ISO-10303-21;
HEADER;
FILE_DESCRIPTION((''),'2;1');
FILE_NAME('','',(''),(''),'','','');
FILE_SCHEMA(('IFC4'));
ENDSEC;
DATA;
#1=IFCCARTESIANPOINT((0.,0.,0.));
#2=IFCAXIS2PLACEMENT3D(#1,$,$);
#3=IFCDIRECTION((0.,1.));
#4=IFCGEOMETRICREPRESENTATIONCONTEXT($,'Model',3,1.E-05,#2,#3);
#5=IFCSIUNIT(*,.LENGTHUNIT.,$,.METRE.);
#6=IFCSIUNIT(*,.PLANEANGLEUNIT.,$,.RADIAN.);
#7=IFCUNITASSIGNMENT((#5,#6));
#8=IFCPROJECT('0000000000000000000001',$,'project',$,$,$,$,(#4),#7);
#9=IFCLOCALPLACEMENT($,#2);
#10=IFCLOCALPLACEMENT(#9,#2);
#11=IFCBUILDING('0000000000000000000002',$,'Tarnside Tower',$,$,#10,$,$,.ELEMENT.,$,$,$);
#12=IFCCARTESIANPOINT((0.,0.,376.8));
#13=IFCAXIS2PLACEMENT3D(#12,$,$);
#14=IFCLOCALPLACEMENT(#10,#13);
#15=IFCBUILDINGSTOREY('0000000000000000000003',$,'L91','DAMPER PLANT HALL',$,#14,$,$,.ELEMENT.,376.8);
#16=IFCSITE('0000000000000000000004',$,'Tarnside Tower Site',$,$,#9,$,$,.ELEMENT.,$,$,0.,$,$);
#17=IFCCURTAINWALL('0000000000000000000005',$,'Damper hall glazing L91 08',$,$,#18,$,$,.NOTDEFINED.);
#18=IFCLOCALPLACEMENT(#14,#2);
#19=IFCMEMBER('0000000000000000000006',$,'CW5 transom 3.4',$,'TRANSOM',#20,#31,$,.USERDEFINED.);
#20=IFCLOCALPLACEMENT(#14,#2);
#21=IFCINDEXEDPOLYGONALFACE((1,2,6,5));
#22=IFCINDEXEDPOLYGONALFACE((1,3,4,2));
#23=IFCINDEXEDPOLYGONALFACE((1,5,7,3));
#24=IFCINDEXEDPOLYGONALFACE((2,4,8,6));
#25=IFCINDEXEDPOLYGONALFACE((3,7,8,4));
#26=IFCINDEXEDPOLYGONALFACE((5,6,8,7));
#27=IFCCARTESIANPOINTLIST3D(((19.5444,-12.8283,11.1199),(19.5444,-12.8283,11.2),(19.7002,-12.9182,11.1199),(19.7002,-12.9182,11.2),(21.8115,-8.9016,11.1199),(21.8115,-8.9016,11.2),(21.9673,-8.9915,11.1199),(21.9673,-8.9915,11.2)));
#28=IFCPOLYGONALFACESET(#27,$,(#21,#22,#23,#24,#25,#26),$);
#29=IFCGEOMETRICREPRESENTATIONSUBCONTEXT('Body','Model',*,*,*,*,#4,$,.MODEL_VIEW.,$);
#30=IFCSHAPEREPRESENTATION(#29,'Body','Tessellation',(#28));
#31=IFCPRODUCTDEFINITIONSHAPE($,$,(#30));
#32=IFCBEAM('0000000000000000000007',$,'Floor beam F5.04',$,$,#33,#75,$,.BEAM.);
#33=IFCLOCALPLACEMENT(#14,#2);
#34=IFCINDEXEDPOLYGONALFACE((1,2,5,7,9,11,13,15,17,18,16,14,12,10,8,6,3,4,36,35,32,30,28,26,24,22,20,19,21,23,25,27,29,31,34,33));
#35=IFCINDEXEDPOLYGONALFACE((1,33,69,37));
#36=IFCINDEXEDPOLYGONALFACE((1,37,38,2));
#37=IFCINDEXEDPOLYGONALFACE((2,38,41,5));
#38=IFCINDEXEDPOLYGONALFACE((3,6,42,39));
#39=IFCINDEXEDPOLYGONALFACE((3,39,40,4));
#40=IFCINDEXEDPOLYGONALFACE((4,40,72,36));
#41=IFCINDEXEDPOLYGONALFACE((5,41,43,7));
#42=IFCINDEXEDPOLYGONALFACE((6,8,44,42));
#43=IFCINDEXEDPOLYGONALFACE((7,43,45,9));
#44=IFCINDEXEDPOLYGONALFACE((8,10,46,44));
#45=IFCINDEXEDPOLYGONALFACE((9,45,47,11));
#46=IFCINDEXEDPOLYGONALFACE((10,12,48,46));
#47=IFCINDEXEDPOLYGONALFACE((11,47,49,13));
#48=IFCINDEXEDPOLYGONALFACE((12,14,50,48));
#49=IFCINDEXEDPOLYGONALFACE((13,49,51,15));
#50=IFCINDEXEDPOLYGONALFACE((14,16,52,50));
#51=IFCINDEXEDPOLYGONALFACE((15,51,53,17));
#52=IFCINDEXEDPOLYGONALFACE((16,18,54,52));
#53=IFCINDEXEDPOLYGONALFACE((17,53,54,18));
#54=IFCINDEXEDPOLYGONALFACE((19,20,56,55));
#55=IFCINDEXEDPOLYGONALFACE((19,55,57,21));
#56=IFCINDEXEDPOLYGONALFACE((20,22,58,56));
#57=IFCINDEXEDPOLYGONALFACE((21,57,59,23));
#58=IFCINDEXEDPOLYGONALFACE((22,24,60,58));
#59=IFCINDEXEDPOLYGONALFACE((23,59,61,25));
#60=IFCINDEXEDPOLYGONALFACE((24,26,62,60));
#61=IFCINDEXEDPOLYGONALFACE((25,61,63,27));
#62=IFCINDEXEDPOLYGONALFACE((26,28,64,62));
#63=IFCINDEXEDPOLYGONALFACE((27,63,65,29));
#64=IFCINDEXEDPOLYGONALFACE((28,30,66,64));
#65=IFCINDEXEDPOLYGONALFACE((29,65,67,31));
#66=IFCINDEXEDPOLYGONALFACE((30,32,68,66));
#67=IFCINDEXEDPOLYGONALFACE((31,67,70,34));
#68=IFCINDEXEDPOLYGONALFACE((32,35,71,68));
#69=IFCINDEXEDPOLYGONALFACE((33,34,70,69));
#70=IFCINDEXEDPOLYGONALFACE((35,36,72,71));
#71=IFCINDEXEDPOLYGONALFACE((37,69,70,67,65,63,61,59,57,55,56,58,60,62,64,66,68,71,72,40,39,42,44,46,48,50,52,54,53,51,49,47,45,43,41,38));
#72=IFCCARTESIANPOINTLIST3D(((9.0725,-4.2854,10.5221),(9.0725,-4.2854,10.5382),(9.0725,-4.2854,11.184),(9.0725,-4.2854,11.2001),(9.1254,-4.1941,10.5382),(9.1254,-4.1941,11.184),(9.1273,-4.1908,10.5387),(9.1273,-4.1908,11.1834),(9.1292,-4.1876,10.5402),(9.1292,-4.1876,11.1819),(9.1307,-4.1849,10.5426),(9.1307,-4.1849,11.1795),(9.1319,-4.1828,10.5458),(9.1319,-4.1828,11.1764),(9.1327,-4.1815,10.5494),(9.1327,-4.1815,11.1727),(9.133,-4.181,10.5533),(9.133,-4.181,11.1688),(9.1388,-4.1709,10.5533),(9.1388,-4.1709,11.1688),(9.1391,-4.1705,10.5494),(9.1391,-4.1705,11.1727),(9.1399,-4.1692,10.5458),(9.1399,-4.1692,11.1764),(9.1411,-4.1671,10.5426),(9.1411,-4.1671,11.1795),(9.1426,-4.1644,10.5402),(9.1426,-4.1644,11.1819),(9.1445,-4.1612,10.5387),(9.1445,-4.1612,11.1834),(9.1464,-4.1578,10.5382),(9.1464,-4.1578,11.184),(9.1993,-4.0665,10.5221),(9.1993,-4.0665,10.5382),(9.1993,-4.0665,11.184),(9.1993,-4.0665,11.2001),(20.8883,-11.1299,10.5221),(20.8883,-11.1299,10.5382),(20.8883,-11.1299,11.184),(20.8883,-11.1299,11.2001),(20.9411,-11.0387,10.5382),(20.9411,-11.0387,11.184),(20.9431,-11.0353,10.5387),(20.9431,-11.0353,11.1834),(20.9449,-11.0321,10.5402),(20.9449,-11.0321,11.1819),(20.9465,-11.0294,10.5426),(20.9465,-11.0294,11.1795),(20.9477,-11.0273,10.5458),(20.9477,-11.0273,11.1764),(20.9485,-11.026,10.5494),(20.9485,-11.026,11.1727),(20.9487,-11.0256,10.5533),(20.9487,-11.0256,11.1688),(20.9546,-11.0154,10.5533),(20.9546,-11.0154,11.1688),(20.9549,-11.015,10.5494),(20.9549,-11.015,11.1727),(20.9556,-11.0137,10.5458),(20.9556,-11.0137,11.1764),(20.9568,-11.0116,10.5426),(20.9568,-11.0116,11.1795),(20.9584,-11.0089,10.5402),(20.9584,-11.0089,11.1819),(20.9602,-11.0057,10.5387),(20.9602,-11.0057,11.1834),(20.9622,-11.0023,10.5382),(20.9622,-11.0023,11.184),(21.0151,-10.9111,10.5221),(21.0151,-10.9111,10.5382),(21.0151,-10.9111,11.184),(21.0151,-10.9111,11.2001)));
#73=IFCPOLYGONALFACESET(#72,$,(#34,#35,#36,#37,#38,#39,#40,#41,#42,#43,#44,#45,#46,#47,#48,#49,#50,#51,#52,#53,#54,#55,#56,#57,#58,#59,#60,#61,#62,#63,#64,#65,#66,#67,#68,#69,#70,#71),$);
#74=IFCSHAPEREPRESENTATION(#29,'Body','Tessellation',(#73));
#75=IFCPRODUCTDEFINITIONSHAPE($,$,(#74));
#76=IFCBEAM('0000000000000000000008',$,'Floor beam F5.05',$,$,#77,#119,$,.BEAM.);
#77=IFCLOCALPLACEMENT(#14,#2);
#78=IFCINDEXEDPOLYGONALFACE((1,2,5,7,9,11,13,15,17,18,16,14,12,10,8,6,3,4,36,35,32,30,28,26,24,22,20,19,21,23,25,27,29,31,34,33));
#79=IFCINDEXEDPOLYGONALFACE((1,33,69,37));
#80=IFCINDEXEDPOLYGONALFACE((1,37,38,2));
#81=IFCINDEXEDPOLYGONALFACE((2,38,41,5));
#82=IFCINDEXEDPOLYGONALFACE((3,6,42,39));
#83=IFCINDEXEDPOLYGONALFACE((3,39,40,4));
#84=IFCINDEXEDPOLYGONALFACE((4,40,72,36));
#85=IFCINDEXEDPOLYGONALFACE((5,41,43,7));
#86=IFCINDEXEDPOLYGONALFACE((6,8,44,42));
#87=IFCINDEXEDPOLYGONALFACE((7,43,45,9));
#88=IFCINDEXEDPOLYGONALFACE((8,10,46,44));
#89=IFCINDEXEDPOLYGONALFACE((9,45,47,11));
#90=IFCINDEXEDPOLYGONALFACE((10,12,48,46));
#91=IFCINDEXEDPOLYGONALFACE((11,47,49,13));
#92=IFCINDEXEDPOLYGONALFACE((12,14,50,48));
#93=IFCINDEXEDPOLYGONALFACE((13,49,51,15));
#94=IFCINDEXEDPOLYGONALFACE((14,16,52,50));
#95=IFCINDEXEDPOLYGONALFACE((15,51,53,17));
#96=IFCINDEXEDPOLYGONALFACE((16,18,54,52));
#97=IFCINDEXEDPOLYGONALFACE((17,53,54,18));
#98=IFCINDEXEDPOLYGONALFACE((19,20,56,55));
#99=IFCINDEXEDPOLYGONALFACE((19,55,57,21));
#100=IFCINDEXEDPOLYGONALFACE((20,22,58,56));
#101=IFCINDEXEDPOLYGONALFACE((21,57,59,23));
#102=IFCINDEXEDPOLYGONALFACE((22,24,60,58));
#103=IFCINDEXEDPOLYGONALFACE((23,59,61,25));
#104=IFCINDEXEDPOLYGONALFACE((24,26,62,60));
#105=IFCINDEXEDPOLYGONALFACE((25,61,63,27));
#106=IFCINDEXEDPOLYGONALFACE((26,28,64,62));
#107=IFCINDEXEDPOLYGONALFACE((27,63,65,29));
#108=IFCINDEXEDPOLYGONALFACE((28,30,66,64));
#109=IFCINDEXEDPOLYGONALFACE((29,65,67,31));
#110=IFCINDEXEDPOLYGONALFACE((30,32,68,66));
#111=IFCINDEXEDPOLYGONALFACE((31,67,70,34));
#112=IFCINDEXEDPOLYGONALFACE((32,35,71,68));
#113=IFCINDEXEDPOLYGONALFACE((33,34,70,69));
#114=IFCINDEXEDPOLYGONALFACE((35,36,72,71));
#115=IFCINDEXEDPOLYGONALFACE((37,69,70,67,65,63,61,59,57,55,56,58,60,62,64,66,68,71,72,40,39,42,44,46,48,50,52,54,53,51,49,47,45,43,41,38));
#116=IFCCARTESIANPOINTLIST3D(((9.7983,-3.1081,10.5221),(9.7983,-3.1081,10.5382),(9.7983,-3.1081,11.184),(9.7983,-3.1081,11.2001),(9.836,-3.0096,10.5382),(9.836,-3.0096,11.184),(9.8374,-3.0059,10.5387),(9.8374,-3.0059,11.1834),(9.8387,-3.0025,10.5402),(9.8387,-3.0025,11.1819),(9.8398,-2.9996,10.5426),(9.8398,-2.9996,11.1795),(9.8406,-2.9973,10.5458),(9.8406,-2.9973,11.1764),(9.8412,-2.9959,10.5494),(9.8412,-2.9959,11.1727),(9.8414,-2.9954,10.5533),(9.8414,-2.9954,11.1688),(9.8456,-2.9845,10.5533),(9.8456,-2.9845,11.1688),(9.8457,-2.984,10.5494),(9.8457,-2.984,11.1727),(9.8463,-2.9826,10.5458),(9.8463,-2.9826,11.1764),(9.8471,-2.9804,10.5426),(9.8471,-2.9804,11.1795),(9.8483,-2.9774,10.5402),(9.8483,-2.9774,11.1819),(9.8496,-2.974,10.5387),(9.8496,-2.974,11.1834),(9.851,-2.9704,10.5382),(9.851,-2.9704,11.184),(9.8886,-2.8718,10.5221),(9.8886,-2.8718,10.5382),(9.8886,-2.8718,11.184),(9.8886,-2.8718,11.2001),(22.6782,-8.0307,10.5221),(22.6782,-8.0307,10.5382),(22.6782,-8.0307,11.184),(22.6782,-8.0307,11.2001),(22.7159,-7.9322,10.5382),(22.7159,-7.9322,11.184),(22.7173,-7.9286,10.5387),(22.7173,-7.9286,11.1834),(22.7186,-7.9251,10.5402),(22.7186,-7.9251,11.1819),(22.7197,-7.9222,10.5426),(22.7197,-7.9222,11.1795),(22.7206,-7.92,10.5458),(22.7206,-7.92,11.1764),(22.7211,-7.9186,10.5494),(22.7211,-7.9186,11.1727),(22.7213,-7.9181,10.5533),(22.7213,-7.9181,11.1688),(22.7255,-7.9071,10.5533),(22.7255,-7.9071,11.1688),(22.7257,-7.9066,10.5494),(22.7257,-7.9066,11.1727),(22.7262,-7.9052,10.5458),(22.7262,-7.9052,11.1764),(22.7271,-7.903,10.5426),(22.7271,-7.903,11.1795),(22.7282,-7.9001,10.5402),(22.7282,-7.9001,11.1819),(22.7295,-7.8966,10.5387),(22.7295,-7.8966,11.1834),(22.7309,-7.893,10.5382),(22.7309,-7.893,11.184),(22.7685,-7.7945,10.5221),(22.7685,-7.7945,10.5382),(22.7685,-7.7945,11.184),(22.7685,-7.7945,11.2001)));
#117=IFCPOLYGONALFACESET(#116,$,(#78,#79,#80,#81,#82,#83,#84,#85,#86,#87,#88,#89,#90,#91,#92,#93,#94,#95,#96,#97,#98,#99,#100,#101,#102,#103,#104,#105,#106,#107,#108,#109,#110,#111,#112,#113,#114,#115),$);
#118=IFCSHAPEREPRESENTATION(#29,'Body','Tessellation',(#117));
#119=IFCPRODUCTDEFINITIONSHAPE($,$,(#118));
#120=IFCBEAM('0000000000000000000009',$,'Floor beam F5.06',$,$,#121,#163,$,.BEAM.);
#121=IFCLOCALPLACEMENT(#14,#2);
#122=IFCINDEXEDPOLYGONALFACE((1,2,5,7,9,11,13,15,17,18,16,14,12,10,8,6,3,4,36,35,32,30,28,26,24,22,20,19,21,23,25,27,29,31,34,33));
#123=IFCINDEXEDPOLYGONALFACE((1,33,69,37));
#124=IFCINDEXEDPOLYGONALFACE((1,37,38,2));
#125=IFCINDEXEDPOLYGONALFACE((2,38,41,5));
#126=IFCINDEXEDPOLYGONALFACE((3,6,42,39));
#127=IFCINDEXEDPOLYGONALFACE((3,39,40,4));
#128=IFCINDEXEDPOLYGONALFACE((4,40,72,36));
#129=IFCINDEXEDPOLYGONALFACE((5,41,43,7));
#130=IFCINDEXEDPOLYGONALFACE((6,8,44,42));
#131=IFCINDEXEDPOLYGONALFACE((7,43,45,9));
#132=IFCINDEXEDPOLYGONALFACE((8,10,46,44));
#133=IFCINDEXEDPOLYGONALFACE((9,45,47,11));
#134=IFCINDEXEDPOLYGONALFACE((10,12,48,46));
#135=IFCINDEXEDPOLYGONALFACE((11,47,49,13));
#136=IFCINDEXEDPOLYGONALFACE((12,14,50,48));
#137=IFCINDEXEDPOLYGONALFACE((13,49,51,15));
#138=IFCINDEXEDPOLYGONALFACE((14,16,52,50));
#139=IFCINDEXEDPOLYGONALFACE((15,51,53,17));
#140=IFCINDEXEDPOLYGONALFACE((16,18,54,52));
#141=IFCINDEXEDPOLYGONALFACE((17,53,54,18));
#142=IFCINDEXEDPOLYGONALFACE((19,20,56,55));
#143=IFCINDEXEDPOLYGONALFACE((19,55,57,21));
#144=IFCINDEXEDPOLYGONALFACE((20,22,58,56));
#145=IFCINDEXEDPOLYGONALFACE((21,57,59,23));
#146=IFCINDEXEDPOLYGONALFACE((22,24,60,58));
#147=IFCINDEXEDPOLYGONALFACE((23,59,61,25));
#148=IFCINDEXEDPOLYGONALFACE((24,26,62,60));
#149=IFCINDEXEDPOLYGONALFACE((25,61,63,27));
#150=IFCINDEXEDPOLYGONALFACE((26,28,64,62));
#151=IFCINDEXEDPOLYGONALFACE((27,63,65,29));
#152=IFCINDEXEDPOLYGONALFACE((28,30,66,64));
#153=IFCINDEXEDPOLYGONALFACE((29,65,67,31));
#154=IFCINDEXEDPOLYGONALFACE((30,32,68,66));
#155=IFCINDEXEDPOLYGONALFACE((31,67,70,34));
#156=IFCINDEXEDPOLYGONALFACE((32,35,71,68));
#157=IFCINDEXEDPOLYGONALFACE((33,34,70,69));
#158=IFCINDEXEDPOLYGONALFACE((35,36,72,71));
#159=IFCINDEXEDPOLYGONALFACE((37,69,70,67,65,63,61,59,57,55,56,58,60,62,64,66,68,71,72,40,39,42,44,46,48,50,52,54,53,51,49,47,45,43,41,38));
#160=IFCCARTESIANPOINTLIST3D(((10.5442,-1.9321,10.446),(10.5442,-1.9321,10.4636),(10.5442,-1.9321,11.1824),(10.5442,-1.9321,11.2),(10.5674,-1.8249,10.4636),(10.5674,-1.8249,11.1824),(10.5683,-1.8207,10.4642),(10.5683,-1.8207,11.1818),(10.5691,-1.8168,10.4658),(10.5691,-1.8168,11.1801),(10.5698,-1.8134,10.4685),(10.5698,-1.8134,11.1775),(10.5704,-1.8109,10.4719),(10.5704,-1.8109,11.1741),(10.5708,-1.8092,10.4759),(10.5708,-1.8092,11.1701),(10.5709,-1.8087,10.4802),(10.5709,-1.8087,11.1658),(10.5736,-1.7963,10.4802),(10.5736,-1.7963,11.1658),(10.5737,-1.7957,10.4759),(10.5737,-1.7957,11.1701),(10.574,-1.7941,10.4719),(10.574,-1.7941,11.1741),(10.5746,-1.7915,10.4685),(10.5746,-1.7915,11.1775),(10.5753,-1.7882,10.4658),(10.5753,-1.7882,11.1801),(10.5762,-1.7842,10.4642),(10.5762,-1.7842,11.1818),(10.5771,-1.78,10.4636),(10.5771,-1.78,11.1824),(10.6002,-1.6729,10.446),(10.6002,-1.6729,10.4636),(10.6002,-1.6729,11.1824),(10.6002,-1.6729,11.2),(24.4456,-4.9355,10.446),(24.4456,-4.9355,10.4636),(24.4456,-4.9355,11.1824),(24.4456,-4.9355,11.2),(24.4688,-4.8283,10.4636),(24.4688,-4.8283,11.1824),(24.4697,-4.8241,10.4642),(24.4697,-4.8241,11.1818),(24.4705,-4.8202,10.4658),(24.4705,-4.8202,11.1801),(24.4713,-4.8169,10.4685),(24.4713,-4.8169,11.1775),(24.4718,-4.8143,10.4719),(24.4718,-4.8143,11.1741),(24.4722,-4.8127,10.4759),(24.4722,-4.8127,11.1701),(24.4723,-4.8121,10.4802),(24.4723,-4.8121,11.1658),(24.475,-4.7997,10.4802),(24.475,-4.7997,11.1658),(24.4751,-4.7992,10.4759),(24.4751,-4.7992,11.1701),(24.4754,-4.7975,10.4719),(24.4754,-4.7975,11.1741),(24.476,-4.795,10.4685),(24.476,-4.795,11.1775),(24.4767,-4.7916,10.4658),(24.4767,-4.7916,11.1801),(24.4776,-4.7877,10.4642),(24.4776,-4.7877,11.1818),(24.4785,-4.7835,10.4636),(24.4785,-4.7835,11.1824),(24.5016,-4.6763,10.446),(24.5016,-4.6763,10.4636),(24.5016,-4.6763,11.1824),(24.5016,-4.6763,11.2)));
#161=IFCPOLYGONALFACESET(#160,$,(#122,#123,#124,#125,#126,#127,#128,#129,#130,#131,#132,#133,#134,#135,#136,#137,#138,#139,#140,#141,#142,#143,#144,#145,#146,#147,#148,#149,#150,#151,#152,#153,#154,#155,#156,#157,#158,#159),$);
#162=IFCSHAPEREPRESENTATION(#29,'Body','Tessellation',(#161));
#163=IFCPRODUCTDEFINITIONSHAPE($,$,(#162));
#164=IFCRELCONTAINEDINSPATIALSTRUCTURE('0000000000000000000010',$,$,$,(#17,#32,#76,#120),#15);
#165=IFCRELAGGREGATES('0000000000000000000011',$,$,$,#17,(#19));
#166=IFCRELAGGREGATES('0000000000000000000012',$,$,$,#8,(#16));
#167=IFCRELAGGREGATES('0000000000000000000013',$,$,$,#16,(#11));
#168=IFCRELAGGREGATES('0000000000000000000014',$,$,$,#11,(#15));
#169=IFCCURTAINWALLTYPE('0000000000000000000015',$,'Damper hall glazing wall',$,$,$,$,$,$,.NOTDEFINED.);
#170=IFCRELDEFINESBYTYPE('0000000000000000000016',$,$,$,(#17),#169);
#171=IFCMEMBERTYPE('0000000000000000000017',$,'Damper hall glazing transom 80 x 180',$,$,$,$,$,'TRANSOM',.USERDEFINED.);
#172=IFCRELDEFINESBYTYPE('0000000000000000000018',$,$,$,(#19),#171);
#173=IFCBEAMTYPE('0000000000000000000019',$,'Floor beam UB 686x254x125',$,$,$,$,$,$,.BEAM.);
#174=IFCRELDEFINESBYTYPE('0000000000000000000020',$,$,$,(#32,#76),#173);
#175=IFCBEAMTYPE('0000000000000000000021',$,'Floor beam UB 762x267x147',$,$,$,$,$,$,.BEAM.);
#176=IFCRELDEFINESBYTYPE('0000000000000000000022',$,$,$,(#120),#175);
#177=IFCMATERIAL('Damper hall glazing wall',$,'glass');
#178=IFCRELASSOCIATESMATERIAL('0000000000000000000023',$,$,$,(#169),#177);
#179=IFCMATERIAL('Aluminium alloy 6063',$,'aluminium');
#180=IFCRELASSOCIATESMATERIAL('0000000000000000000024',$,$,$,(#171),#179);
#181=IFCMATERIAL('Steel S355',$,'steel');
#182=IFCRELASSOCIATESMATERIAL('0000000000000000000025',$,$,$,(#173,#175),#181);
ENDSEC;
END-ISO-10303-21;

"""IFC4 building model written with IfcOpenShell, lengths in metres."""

from ifc_helpers import new_model, si_unit, direction, frame, origin, origin_2d, place, context, subcontext, project, spatial, rectangle, i_section, extrude, material, material_profile, profile_set, type_object, element, aggregate, save


model = new_model("IFC4")

# Units and contexts
model_context = context("Model", 3, precision=1e-05, world=origin(), true_north=direction((0.0, 1.0)))
body_context = subcontext(model_context, "Body", "Model", "MODEL_VIEW")
ifc_project = project(units=[si_unit("LENGTHUNIT", "METRE"), si_unit("PLANEANGLEUNIT", "RADIAN")], contexts=[model_context])

# Site, building, storey
site_placement = place(None, origin())
site = spatial("IfcSite", under=ifc_project, at=site_placement, Name="Tarnside Tower Site", CompositionType="ELEMENT", RefElevation=0.0)
building_placement = place(site_placement, origin())
building = spatial("IfcBuilding", under=site, at=building_placement, Name="Tarnside Tower", CompositionType="ELEMENT")
storey_placement = place(building_placement, frame((0.0, 0.0, 376.8)))
storey = spatial("IfcBuildingStorey", under=building, at=storey_placement, Name="L91", Description="DAMPER PLANT HALL", CompositionType="ELEMENT", Elevation=376.8)

# Shared definitions
ifc_material_1 = material(Name="Steel S355", Category="steel")

# Shared definitions
ifc_material_2 = material(Name="Damper hall glazing wall", Category="glass")
curtain_wall_type = type_object("IfcCurtainWallType", Name="Damper hall glazing wall", PredefinedType="NOTDEFINED", material=ifc_material_2)
ifc_material_3 = material(Name="Aluminium alloy 6063", Category="aluminium")

# Curtain wall, member
curtain_wall_1_placement = place(storey_placement, origin())
curtain_wall_1 = element("IfcCurtainWall", 1, at=curtain_wall_1_placement, inside=storey, type_object=curtain_wall_type, Name="Damper hall glazing L91 08", PredefinedType="NOTDEFINED")
ifc_material_profile_1 = material_profile(ifc_material_3, rectangle(XDim=0.1799, YDim=0.0801, at=origin_2d()), Name="Damper hall glazing transom 80 x 180")
ifc_profile_set_1 = profile_set([ifc_material_profile_1], Name="Aluminium alloy 6063")
member_type_1 = type_object("IfcMemberType", Name="Damper hall glazing transom 80 x 180", ElementType="TRANSOM", PredefinedType="USERDEFINED", material=ifc_profile_set_1)
member_1_placement = place(storey_placement, frame((21.8894, -8.9465, 11.1599), z_axis=(-0.499996, -0.866028, 0.0), x_axis=(0.866028, -0.499996, 0.0)))
member_1 = element("IfcMember", 2, at=member_1_placement, type_object=member_type_1, Name="CW5 transom 3.4", ObjectType="TRANSOM", PredefinedType="USERDEFINED", context=body_context, shape_type="SweptSolid", body=[
    extrude(rectangle(XDim=0.1799, YDim=0.0801, at=origin_2d()), origin(), (0.0, 0.0, 1.0), 4.5342),
])

# Beams
ifc_material_profile_2 = material_profile(ifc_material_1, i_section(OverallWidth=0.2529, OverallDepth=0.678, WebThickness=0.0117, FlangeThickness=0.0161, FilletRadius=0.0151, at=origin_2d()), Name="UB 686x254x125")
ifc_profile_set_2 = profile_set([ifc_material_profile_2], Name="Steel S355")
beam_type_1 = type_object("IfcBeamType", Name="Floor beam UB 686x254x125", PredefinedType="BEAM", material=ifc_profile_set_2)
beam_1_placement = place(storey_placement, frame((20.9517, -11.0205, 10.8611), z_axis=(-0.865305, 0.501246, 0.0), x_axis=(-0.501246, -0.865305, 0.0)))
element("IfcBeam", 3, at=beam_1_placement, inside=storey, type_object=beam_type_1, Name="Floor beam F5.04", PredefinedType="BEAM", context=body_context, shape_type="SweptSolid", body=[
    extrude(i_section(OverallWidth=0.2529, OverallDepth=0.678, WebThickness=0.0117, FlangeThickness=0.0161, FilletRadius=0.0151, at=origin_2d()), origin(), (0.0, 0.0, 1.0), 13.655),
])
beam_2_placement = place(storey_placement, frame((22.7234, -7.9126, 10.8611), z_axis=(-0.934102, 0.357008, 0.0), x_axis=(-0.357008, -0.934102, 0.0)))
element("IfcBeam", 4, at=beam_2_placement, inside=storey, type_object=beam_type_1, Name="Floor beam F5.05", PredefinedType="BEAM", context=body_context, shape_type="SweptSolid", body=[
    extrude(i_section(OverallWidth=0.2529, OverallDepth=0.678, WebThickness=0.0117, FlangeThickness=0.0161, FilletRadius=0.0151, at=origin_2d()), origin(), (0.0, 0.0, 1.0), 13.7886),
])
ifc_material_profile_3 = material_profile(ifc_material_1, i_section(OverallWidth=0.2651, OverallDepth=0.7539, WebThickness=0.0127, FlangeThickness=0.0176, FilletRadius=0.0166, at=origin_2d()), Name="UB 762x267x147")
ifc_profile_set_3 = profile_set([ifc_material_profile_3], Name="Steel S355")
beam_type_2 = type_object("IfcBeamType", Name="Floor beam UB 762x267x147", PredefinedType="BEAM", material=ifc_profile_set_3)
beam_3_placement = place(storey_placement, frame((24.4736, -4.8059, 10.823), z_axis=(-0.977447, 0.211179, 0.0), x_axis=(-0.211179, -0.977447, 0.0)))
element("IfcBeam", 5, at=beam_3_placement, inside=storey, type_object=beam_type_2, Name="Floor beam F5.06", PredefinedType="BEAM", context=body_context, shape_type="SweptSolid", body=[
    extrude(i_section(OverallWidth=0.2651, OverallDepth=0.7539, WebThickness=0.0127, FlangeThickness=0.0176, FilletRadius=0.0166, at=origin_2d()), origin(), (0.0, 0.0, 1.0), 14.2222),
])

aggregate(curtain_wall_1, [member_1])

save(model, "model.ifc")
